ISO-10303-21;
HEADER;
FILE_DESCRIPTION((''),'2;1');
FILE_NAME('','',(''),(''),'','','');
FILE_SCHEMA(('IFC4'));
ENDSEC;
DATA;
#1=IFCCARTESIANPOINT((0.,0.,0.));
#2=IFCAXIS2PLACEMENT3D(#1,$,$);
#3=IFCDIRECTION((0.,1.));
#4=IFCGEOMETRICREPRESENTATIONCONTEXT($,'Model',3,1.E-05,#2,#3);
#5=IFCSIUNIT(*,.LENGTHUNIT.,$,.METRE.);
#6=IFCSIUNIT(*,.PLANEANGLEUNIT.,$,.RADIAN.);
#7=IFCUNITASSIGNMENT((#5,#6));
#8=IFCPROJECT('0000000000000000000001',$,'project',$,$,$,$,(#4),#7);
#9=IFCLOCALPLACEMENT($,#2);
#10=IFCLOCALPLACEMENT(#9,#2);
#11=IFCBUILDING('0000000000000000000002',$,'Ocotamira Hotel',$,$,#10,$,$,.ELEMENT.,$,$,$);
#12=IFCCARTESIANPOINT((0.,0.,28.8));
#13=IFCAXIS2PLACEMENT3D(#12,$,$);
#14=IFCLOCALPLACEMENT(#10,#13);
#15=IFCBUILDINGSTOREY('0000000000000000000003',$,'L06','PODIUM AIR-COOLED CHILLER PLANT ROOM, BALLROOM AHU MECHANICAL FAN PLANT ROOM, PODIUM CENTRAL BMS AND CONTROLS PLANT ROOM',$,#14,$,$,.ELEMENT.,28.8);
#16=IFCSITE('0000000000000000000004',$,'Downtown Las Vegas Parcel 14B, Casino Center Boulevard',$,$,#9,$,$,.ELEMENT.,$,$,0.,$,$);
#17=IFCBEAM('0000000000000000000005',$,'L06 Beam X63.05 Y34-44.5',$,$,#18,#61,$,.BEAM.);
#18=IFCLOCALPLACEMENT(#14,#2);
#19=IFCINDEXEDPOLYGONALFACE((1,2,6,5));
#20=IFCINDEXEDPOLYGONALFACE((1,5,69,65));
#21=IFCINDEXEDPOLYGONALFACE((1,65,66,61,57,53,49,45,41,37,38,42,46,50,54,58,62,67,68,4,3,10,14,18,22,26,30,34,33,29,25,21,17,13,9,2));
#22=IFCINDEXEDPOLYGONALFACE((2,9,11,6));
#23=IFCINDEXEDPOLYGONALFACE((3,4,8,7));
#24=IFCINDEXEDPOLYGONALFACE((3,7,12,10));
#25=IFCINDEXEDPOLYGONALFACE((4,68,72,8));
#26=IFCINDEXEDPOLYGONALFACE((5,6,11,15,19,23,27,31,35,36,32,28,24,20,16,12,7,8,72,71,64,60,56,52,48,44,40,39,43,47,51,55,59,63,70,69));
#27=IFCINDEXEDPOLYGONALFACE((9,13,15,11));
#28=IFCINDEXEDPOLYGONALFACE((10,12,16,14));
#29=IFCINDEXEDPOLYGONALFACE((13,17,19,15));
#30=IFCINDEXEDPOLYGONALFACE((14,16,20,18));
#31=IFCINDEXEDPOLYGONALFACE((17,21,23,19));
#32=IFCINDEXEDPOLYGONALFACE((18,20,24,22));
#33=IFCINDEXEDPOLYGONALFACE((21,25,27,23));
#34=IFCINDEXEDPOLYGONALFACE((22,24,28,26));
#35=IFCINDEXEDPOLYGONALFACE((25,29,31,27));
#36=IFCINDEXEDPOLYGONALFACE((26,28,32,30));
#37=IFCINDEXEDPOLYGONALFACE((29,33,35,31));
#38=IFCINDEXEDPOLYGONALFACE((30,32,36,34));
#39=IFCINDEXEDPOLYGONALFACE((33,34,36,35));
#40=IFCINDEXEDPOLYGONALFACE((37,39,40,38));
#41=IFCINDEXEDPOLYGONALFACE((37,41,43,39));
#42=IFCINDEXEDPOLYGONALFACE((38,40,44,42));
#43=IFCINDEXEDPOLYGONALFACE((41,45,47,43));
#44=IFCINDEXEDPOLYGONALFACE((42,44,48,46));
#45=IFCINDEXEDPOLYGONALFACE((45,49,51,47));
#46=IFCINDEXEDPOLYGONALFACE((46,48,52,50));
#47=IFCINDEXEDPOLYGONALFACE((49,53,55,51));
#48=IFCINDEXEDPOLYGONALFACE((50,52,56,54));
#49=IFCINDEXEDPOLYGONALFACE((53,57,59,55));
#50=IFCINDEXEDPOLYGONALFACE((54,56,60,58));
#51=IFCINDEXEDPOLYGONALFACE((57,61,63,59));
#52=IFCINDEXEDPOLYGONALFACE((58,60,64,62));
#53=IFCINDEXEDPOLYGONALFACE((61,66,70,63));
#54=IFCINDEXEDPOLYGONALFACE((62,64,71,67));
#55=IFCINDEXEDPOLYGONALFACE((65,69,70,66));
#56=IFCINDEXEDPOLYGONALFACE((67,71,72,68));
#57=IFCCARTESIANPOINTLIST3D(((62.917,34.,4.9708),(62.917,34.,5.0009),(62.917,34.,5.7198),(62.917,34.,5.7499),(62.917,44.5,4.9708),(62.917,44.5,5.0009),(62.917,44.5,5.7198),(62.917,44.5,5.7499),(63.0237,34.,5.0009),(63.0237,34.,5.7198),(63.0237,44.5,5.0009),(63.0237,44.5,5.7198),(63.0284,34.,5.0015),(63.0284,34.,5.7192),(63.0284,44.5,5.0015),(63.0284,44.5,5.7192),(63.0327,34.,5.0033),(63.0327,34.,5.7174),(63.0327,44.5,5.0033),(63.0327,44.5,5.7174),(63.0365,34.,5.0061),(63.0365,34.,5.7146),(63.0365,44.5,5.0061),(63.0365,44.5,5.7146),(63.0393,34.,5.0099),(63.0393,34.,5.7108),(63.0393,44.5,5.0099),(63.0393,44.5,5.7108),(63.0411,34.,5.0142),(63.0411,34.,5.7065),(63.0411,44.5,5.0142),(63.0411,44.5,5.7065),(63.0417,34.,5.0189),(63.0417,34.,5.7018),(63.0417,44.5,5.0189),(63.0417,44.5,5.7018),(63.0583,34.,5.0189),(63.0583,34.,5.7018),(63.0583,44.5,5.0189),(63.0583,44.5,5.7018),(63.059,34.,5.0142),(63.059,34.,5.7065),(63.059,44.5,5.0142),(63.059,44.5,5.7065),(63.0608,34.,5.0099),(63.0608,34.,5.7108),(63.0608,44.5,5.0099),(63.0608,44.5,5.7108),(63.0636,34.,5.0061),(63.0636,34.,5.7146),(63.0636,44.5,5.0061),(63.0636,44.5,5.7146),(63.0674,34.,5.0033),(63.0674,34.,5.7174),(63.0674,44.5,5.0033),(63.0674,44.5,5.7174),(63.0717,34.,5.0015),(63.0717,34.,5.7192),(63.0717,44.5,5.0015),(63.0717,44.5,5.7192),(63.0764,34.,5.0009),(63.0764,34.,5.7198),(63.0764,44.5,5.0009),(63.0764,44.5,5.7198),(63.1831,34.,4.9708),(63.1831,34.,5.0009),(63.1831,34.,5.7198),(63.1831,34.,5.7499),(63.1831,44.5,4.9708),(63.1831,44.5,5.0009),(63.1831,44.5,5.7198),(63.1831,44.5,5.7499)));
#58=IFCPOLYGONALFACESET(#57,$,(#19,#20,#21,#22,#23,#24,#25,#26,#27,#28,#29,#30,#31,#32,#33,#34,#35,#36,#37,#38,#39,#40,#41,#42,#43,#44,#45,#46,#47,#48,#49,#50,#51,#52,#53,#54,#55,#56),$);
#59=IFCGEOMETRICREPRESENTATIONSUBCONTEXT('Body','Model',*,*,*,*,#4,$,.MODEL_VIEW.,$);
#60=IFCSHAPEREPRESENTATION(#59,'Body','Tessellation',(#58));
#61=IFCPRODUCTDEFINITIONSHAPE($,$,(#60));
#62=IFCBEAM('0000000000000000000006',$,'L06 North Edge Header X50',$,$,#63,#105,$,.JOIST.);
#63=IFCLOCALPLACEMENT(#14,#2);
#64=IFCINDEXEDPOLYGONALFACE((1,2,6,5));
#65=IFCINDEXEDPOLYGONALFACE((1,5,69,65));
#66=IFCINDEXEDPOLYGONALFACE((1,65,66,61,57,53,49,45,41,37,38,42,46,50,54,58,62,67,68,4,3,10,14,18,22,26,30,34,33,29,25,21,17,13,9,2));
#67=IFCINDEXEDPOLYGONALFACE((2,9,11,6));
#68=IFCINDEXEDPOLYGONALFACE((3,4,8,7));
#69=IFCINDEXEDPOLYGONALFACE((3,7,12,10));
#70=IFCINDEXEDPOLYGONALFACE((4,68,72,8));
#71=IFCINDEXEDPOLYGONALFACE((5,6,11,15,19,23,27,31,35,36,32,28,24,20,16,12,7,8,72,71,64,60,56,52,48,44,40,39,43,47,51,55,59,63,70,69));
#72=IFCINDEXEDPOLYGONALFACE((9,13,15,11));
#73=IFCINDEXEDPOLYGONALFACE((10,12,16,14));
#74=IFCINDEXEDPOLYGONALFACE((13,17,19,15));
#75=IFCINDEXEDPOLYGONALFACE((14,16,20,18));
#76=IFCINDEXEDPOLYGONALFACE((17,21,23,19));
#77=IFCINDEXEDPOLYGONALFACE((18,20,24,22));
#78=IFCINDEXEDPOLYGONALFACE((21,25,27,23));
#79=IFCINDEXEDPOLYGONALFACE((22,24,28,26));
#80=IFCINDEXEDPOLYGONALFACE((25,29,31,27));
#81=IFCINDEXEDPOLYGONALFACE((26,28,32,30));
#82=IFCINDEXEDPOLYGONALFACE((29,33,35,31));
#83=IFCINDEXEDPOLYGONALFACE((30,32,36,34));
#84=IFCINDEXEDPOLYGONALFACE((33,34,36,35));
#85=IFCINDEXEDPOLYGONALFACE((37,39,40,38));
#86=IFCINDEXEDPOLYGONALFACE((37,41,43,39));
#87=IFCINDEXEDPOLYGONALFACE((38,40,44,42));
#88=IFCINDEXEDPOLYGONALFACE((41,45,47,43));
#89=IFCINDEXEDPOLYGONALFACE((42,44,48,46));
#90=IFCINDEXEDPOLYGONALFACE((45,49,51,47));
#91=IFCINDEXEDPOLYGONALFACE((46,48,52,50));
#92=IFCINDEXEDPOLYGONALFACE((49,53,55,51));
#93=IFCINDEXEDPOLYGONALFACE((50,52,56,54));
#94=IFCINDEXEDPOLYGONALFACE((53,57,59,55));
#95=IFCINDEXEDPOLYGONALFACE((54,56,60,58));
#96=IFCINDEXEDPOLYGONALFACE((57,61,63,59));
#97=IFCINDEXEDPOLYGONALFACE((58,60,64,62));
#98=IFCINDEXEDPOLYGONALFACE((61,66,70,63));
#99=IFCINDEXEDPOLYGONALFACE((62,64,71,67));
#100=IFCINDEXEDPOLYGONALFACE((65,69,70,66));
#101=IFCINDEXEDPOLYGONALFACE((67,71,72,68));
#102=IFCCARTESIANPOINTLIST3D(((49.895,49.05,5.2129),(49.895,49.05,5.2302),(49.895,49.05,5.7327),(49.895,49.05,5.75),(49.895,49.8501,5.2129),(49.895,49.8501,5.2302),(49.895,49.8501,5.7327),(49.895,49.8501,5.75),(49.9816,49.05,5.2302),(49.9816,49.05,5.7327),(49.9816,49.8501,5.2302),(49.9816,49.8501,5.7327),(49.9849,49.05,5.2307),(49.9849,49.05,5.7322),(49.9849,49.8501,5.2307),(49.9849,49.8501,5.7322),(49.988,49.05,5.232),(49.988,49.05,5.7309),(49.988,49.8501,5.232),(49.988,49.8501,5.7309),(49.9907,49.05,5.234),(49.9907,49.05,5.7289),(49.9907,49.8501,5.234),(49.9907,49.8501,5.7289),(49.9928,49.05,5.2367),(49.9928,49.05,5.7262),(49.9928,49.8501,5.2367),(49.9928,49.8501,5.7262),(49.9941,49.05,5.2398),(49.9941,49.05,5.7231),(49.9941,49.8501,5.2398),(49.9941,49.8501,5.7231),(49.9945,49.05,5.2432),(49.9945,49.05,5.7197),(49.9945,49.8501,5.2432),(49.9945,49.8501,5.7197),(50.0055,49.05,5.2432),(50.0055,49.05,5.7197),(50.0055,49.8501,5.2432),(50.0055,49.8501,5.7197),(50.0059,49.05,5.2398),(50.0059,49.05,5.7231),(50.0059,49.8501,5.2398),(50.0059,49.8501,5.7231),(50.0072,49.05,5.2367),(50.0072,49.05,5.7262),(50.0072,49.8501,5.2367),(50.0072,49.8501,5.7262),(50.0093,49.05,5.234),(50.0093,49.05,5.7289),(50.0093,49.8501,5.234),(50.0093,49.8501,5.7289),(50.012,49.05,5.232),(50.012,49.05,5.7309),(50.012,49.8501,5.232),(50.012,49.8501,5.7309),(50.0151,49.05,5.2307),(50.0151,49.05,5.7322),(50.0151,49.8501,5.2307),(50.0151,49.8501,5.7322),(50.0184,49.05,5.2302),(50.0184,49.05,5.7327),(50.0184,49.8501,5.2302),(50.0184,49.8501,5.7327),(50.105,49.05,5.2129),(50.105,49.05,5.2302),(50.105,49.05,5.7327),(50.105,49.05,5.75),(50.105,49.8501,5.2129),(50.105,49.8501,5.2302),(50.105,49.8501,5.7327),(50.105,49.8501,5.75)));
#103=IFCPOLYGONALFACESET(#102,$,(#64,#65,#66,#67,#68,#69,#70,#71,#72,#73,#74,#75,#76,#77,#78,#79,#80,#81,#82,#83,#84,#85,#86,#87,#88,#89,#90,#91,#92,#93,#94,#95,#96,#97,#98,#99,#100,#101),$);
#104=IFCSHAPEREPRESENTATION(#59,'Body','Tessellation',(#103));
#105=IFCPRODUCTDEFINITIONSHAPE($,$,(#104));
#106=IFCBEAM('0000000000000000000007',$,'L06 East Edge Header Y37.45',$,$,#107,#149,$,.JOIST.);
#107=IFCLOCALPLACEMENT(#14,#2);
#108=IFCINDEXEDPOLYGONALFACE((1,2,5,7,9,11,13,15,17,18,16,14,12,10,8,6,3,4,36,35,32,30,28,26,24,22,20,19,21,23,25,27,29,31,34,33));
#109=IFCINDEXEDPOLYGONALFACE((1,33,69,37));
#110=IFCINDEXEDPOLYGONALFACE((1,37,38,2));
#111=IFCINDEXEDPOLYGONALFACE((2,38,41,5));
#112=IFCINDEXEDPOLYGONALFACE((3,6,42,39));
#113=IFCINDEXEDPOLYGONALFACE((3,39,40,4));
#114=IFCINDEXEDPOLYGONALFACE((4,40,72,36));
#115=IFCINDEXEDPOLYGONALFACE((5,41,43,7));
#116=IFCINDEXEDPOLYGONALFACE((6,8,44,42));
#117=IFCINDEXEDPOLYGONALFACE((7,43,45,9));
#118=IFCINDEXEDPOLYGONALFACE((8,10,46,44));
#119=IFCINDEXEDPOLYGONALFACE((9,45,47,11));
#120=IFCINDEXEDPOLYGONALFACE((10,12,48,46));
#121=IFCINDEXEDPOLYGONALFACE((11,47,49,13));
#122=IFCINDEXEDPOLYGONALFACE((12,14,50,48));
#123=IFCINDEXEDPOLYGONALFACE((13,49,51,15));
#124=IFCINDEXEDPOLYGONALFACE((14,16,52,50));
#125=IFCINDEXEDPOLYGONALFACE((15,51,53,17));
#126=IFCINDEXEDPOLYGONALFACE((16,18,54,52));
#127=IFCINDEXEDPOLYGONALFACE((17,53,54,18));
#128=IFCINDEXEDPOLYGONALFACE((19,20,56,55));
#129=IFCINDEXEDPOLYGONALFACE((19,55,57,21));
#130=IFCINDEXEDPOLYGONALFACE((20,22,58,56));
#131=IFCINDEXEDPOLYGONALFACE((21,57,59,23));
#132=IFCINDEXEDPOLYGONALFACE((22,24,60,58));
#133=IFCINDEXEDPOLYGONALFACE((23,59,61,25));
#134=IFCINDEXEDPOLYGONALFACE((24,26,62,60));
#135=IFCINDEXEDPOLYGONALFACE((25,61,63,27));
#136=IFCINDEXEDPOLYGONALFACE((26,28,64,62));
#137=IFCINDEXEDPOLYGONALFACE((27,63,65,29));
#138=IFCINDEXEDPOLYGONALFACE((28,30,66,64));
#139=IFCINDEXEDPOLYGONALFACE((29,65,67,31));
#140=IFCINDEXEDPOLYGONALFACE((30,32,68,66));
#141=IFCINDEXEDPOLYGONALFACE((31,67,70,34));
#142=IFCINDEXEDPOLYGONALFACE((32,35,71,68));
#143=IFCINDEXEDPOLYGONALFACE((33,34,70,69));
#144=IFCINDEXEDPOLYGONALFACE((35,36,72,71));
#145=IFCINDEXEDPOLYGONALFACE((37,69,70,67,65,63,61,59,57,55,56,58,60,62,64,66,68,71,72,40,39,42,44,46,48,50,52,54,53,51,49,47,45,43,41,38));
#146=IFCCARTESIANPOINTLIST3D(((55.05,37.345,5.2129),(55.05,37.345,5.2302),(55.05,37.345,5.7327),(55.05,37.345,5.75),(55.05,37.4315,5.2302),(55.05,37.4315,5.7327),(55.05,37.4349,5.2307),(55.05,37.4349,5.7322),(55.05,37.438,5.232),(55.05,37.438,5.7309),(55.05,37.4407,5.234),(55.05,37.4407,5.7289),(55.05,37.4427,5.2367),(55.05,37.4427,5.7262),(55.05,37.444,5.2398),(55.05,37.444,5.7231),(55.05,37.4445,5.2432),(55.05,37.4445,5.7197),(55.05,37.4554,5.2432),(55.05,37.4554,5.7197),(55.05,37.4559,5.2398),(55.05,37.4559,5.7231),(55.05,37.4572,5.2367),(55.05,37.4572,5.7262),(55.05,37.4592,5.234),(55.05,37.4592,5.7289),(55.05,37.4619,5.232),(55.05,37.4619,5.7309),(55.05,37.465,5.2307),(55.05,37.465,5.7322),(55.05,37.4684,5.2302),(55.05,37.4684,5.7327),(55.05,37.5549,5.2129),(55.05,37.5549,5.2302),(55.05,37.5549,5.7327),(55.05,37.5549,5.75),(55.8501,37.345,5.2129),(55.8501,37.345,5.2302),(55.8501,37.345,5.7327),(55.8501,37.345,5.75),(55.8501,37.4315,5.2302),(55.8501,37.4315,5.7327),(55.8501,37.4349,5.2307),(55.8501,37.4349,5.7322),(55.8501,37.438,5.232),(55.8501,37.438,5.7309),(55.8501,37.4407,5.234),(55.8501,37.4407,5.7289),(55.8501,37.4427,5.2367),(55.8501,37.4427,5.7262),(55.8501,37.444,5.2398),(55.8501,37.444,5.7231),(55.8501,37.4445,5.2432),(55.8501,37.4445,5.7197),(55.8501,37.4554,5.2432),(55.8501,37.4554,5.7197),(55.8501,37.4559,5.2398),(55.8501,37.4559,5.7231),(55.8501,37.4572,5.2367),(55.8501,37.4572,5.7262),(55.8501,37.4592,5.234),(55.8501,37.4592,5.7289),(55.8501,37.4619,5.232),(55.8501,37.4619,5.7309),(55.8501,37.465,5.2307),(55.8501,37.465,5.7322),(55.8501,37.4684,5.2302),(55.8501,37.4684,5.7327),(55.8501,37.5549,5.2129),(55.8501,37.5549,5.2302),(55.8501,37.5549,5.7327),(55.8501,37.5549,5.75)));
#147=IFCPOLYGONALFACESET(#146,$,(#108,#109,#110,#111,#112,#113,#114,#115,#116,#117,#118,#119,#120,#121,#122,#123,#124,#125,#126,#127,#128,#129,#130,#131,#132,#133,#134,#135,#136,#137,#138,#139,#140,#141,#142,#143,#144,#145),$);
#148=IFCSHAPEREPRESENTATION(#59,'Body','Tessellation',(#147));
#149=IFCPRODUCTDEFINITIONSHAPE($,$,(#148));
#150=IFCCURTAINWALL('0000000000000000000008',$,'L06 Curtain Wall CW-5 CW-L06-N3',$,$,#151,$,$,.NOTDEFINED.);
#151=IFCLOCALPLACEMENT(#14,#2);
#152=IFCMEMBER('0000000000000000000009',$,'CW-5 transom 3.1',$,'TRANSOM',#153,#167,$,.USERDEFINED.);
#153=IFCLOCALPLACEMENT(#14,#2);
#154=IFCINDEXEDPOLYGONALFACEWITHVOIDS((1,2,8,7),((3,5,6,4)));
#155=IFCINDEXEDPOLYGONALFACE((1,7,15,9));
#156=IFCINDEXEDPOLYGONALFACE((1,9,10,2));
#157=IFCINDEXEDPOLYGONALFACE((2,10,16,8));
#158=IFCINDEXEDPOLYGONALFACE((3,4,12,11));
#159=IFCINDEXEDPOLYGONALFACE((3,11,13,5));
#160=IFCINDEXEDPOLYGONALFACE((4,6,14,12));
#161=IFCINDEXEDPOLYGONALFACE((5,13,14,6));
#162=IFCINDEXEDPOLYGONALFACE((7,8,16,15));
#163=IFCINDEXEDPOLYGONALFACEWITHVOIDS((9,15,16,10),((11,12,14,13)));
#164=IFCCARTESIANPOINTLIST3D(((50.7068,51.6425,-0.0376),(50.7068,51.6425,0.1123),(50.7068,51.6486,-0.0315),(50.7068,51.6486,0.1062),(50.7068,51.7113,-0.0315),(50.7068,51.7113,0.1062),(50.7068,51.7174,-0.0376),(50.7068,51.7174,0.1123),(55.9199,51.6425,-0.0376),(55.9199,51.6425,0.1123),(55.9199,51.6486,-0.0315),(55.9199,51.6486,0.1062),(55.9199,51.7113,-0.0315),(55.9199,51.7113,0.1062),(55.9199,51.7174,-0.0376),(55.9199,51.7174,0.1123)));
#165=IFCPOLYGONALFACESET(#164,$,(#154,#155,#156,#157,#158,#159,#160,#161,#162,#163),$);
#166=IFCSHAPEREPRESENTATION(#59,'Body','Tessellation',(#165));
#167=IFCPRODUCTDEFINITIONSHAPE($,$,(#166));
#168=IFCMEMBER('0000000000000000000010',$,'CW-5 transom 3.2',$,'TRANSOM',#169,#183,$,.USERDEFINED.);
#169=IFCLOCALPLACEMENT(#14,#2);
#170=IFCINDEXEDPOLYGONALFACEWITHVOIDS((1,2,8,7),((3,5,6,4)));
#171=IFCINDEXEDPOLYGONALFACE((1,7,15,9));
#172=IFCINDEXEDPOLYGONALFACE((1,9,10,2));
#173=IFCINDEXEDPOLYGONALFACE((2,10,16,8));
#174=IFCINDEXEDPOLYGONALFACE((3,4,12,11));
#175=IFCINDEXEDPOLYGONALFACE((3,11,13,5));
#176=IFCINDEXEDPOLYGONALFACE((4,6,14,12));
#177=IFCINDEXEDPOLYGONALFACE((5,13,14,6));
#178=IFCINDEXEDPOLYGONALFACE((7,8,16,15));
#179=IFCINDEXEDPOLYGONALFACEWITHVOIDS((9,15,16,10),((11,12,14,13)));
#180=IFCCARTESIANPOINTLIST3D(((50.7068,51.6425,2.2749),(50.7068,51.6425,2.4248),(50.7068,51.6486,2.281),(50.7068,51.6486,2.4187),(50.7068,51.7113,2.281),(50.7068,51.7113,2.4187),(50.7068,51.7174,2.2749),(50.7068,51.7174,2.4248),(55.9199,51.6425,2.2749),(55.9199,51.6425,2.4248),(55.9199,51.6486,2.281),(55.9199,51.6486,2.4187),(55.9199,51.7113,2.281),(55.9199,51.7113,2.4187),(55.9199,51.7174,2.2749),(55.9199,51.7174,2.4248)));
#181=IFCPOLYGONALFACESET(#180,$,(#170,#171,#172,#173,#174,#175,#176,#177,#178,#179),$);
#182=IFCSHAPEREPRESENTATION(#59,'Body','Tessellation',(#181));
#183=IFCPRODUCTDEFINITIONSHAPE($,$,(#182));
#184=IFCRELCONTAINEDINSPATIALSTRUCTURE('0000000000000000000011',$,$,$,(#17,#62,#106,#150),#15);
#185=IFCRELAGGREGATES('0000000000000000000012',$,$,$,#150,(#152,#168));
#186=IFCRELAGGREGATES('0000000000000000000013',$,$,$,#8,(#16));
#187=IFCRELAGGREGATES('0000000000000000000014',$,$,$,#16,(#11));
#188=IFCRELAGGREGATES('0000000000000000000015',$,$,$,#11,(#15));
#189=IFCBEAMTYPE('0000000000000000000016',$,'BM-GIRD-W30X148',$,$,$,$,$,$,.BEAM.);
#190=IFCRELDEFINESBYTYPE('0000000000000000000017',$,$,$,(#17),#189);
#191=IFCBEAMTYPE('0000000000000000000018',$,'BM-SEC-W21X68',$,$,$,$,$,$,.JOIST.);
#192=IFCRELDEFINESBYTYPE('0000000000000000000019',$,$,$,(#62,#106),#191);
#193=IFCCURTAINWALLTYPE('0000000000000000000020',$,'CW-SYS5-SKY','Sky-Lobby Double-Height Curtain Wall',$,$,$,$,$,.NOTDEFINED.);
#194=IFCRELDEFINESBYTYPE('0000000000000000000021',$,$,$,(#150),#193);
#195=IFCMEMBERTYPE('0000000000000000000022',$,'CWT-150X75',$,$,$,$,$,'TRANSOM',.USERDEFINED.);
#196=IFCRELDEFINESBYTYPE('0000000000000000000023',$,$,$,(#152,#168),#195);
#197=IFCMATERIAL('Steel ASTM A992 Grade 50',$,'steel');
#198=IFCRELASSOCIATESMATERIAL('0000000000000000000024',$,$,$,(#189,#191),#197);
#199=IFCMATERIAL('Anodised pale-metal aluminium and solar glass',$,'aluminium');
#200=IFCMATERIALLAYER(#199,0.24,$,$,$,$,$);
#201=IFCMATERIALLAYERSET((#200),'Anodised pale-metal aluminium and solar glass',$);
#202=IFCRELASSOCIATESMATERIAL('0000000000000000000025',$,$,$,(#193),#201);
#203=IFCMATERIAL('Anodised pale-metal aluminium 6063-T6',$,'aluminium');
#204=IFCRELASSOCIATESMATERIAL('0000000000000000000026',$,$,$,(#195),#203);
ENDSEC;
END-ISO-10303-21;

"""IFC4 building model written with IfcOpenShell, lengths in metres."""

from ifc_helpers import new_model, si_unit, direction, frame, origin, origin_2d, place, context, subcontext, project, spatial, hollow_rectangle, i_section, extrude, source, transform, mapped, material, layer, layer_set, material_profile, profile_set, type_object, element, aggregate, save


model = new_model("IFC4")

# Units and contexts
model_context = context("Model", 3, precision=1e-05, world=origin(), true_north=direction((0.0, 1.0)))
body_context = subcontext(model_context, "Body", "Model", "MODEL_VIEW")
ifc_project = project(units=[si_unit("LENGTHUNIT", "METRE"), si_unit("PLANEANGLEUNIT", "RADIAN")], contexts=[model_context])

# Site, building, storey
site_placement = place(None, origin())
site = spatial("IfcSite", under=ifc_project, at=site_placement, Name="Downtown Las Vegas Parcel 14B, Casino Center Boulevard", CompositionType="ELEMENT", RefElevation=0.0)
building_placement = place(site_placement, origin())
building = spatial("IfcBuilding", under=site, at=building_placement, Name="Ocotamira Hotel", CompositionType="ELEMENT")
storey_placement = place(building_placement, frame((0.0, 0.0, 28.8)))
storey = spatial("IfcBuildingStorey", under=building, at=storey_placement, Name="L06", Description="PODIUM AIR-COOLED CHILLER PLANT ROOM, BALLROOM AHU MECHANICAL FAN PLANT ROOM, PODIUM CENTRAL BMS AND CONTROLS PLANT ROOM", CompositionType="ELEMENT", Elevation=28.8)

# Beams
ifc_material_1 = material(Name="Steel ASTM A992 Grade 50", Category="steel")
ifc_material_profile_1 = material_profile(ifc_material_1, i_section(OverallWidth=0.2661, OverallDepth=0.7791, WebThickness=0.0166, FlangeThickness=0.03, FilletRadius=0.0181, at=origin_2d()), Name="W30X148")
ifc_profile_set_1 = profile_set([ifc_material_profile_1], Name="Steel ASTM A992 Grade 50")
beam_type_1 = type_object("IfcBeamType", Name="BM-GIRD-W30X148", PredefinedType="BEAM", material=ifc_profile_set_1)
shared_shape_1 = source(origin(), body_context, "Body", "SweptSolid", [
    extrude(i_section(OverallWidth=0.2661, OverallDepth=0.7791, WebThickness=0.0166, FlangeThickness=0.03, FilletRadius=0.0181, at=origin_2d()), origin(), (0.0, 0.0, 1.0), 10.5),
])
beam_placement = place(storey_placement, frame((63.05, 34.0, 5.3604), z_axis=(0.0, 1.0, 0.0), x_axis=(-1.0, 0.0, 0.0)))
element("IfcBeam", 1, at=beam_placement, inside=storey, type_object=beam_type_1, Name="L06 Beam X63.05 Y34-44.5", PredefinedType="BEAM", context=body_context, shape_type="MappedRepresentation", body=[
    mapped(shared_shape_1, transform((0.0, 0.0, 0.0), scale=1.0)),
])
ifc_material_profile_2 = material_profile(ifc_material_1, i_section(OverallWidth=0.21, OverallDepth=0.5371, WebThickness=0.011, FlangeThickness=0.0173, FilletRadius=0.0129, at=origin_2d()), Name="W21X68")
ifc_profile_set_2 = profile_set([ifc_material_profile_2], Name="Steel ASTM A992 Grade 50")
beam_type_2 = type_object("IfcBeamType", Name="BM-SEC-W21X68", PredefinedType="JOIST", material=ifc_profile_set_2)
shared_shape_2 = source(origin(), body_context, "Body", "SweptSolid", [
    extrude(i_section(OverallWidth=0.21, OverallDepth=0.5371, WebThickness=0.011, FlangeThickness=0.0173, FilletRadius=0.0129, at=origin_2d()), origin(), (0.0, 0.0, 1.0), 0.8),
])
for number, where, z_axis, x_axis, name in (
    (2, (50.0, 49.05, 5.4814), (0.0, 1.0, 0.0), (-1.0, 0.0, 0.0), "L06 North Edge Header X50"),
    (3, (55.05, 37.45, 5.4814), (1.0, 0.0, 0.0), (0.0, 1.0, 0.0), "L06 East Edge Header Y37.45"),
):
    element("IfcBeam", number, at=place(storey_placement, frame(where, z_axis=z_axis, x_axis=x_axis)), inside=storey, type_object=beam_type_2, Name=name, PredefinedType="JOIST", context=body_context, shape_type="MappedRepresentation", body=[
        mapped(shared_shape_2, transform((0.0, 0.0, 0.0), scale=1.0)),
    ])

# Curtain wall, members
ifc_material_2 = material(Name="Anodised pale-metal aluminium and solar glass", Category="aluminium")
ifc_layer_1 = layer(ifc_material_2, 0.24)
ifc_layer_set_1 = layer_set([ifc_layer_1], Name="Anodised pale-metal aluminium and solar glass")
curtain_wall_type = type_object("IfcCurtainWallType", Name="CW-SYS5-SKY", Description="Sky-Lobby Double-Height Curtain Wall", PredefinedType="NOTDEFINED", material=ifc_layer_set_1)
curtain_wall_placement = place(storey_placement, origin())
curtain_wall = element("IfcCurtainWall", 4, at=curtain_wall_placement, inside=storey, type_object=curtain_wall_type, Name="L06 Curtain Wall CW-5 CW-L06-N3", PredefinedType="NOTDEFINED")
ifc_material_3 = material(Name="Anodised pale-metal aluminium 6063-T6", Category="aluminium")
ifc_material_profile_3 = material_profile(ifc_material_3, hollow_rectangle(XDim=0.075, YDim=0.1499, WallThickness=0.0061, at=origin_2d()), Name="HSS150X75X6")
ifc_profile_set_3 = profile_set([ifc_material_profile_3], Name="Anodised pale-metal aluminium 6063-T6")
member_type_1 = type_object("IfcMemberType", Name="CWT-150X75", ElementType="TRANSOM", PredefinedType="USERDEFINED", material=ifc_profile_set_3)
shared_shape_3 = source(origin(), body_context, "Body", "SweptSolid", [
    extrude(hollow_rectangle(XDim=0.075, YDim=0.1499, WallThickness=0.0061, at=origin_2d()), origin(), (0.0, 0.0, 1.0), 5.2131),
])
member_1_placement = place(storey_placement, frame((50.7068, 51.6799, 0.0374), z_axis=(1.0, 0.0, 0.0), x_axis=(0.0, 1.0, 0.0)))
member_1 = element("IfcMember", 5, at=member_1_placement, type_object=member_type_1, Name="CW-5 transom 3.1", ObjectType="TRANSOM", PredefinedType="USERDEFINED", context=body_context, shape_type="MappedRepresentation", body=[
    mapped(shared_shape_3, transform((0.0, 0.0, 0.0), scale=1.0)),
])
member_2_placement = place(storey_placement, frame((50.7068, 51.6799, 2.3499), z_axis=(1.0, 0.0, 0.0), x_axis=(0.0, 1.0, 0.0)))
member_2 = element("IfcMember", 6, at=member_2_placement, type_object=member_type_1, Name="CW-5 transom 3.2", ObjectType="TRANSOM", PredefinedType="USERDEFINED", context=body_context, shape_type="MappedRepresentation", body=[
    mapped(shared_shape_3, transform((0.0, 0.0, 0.0), scale=1.0)),
])

aggregate(curtain_wall, [member_1, member_2])

save(model, "model.ifc")
